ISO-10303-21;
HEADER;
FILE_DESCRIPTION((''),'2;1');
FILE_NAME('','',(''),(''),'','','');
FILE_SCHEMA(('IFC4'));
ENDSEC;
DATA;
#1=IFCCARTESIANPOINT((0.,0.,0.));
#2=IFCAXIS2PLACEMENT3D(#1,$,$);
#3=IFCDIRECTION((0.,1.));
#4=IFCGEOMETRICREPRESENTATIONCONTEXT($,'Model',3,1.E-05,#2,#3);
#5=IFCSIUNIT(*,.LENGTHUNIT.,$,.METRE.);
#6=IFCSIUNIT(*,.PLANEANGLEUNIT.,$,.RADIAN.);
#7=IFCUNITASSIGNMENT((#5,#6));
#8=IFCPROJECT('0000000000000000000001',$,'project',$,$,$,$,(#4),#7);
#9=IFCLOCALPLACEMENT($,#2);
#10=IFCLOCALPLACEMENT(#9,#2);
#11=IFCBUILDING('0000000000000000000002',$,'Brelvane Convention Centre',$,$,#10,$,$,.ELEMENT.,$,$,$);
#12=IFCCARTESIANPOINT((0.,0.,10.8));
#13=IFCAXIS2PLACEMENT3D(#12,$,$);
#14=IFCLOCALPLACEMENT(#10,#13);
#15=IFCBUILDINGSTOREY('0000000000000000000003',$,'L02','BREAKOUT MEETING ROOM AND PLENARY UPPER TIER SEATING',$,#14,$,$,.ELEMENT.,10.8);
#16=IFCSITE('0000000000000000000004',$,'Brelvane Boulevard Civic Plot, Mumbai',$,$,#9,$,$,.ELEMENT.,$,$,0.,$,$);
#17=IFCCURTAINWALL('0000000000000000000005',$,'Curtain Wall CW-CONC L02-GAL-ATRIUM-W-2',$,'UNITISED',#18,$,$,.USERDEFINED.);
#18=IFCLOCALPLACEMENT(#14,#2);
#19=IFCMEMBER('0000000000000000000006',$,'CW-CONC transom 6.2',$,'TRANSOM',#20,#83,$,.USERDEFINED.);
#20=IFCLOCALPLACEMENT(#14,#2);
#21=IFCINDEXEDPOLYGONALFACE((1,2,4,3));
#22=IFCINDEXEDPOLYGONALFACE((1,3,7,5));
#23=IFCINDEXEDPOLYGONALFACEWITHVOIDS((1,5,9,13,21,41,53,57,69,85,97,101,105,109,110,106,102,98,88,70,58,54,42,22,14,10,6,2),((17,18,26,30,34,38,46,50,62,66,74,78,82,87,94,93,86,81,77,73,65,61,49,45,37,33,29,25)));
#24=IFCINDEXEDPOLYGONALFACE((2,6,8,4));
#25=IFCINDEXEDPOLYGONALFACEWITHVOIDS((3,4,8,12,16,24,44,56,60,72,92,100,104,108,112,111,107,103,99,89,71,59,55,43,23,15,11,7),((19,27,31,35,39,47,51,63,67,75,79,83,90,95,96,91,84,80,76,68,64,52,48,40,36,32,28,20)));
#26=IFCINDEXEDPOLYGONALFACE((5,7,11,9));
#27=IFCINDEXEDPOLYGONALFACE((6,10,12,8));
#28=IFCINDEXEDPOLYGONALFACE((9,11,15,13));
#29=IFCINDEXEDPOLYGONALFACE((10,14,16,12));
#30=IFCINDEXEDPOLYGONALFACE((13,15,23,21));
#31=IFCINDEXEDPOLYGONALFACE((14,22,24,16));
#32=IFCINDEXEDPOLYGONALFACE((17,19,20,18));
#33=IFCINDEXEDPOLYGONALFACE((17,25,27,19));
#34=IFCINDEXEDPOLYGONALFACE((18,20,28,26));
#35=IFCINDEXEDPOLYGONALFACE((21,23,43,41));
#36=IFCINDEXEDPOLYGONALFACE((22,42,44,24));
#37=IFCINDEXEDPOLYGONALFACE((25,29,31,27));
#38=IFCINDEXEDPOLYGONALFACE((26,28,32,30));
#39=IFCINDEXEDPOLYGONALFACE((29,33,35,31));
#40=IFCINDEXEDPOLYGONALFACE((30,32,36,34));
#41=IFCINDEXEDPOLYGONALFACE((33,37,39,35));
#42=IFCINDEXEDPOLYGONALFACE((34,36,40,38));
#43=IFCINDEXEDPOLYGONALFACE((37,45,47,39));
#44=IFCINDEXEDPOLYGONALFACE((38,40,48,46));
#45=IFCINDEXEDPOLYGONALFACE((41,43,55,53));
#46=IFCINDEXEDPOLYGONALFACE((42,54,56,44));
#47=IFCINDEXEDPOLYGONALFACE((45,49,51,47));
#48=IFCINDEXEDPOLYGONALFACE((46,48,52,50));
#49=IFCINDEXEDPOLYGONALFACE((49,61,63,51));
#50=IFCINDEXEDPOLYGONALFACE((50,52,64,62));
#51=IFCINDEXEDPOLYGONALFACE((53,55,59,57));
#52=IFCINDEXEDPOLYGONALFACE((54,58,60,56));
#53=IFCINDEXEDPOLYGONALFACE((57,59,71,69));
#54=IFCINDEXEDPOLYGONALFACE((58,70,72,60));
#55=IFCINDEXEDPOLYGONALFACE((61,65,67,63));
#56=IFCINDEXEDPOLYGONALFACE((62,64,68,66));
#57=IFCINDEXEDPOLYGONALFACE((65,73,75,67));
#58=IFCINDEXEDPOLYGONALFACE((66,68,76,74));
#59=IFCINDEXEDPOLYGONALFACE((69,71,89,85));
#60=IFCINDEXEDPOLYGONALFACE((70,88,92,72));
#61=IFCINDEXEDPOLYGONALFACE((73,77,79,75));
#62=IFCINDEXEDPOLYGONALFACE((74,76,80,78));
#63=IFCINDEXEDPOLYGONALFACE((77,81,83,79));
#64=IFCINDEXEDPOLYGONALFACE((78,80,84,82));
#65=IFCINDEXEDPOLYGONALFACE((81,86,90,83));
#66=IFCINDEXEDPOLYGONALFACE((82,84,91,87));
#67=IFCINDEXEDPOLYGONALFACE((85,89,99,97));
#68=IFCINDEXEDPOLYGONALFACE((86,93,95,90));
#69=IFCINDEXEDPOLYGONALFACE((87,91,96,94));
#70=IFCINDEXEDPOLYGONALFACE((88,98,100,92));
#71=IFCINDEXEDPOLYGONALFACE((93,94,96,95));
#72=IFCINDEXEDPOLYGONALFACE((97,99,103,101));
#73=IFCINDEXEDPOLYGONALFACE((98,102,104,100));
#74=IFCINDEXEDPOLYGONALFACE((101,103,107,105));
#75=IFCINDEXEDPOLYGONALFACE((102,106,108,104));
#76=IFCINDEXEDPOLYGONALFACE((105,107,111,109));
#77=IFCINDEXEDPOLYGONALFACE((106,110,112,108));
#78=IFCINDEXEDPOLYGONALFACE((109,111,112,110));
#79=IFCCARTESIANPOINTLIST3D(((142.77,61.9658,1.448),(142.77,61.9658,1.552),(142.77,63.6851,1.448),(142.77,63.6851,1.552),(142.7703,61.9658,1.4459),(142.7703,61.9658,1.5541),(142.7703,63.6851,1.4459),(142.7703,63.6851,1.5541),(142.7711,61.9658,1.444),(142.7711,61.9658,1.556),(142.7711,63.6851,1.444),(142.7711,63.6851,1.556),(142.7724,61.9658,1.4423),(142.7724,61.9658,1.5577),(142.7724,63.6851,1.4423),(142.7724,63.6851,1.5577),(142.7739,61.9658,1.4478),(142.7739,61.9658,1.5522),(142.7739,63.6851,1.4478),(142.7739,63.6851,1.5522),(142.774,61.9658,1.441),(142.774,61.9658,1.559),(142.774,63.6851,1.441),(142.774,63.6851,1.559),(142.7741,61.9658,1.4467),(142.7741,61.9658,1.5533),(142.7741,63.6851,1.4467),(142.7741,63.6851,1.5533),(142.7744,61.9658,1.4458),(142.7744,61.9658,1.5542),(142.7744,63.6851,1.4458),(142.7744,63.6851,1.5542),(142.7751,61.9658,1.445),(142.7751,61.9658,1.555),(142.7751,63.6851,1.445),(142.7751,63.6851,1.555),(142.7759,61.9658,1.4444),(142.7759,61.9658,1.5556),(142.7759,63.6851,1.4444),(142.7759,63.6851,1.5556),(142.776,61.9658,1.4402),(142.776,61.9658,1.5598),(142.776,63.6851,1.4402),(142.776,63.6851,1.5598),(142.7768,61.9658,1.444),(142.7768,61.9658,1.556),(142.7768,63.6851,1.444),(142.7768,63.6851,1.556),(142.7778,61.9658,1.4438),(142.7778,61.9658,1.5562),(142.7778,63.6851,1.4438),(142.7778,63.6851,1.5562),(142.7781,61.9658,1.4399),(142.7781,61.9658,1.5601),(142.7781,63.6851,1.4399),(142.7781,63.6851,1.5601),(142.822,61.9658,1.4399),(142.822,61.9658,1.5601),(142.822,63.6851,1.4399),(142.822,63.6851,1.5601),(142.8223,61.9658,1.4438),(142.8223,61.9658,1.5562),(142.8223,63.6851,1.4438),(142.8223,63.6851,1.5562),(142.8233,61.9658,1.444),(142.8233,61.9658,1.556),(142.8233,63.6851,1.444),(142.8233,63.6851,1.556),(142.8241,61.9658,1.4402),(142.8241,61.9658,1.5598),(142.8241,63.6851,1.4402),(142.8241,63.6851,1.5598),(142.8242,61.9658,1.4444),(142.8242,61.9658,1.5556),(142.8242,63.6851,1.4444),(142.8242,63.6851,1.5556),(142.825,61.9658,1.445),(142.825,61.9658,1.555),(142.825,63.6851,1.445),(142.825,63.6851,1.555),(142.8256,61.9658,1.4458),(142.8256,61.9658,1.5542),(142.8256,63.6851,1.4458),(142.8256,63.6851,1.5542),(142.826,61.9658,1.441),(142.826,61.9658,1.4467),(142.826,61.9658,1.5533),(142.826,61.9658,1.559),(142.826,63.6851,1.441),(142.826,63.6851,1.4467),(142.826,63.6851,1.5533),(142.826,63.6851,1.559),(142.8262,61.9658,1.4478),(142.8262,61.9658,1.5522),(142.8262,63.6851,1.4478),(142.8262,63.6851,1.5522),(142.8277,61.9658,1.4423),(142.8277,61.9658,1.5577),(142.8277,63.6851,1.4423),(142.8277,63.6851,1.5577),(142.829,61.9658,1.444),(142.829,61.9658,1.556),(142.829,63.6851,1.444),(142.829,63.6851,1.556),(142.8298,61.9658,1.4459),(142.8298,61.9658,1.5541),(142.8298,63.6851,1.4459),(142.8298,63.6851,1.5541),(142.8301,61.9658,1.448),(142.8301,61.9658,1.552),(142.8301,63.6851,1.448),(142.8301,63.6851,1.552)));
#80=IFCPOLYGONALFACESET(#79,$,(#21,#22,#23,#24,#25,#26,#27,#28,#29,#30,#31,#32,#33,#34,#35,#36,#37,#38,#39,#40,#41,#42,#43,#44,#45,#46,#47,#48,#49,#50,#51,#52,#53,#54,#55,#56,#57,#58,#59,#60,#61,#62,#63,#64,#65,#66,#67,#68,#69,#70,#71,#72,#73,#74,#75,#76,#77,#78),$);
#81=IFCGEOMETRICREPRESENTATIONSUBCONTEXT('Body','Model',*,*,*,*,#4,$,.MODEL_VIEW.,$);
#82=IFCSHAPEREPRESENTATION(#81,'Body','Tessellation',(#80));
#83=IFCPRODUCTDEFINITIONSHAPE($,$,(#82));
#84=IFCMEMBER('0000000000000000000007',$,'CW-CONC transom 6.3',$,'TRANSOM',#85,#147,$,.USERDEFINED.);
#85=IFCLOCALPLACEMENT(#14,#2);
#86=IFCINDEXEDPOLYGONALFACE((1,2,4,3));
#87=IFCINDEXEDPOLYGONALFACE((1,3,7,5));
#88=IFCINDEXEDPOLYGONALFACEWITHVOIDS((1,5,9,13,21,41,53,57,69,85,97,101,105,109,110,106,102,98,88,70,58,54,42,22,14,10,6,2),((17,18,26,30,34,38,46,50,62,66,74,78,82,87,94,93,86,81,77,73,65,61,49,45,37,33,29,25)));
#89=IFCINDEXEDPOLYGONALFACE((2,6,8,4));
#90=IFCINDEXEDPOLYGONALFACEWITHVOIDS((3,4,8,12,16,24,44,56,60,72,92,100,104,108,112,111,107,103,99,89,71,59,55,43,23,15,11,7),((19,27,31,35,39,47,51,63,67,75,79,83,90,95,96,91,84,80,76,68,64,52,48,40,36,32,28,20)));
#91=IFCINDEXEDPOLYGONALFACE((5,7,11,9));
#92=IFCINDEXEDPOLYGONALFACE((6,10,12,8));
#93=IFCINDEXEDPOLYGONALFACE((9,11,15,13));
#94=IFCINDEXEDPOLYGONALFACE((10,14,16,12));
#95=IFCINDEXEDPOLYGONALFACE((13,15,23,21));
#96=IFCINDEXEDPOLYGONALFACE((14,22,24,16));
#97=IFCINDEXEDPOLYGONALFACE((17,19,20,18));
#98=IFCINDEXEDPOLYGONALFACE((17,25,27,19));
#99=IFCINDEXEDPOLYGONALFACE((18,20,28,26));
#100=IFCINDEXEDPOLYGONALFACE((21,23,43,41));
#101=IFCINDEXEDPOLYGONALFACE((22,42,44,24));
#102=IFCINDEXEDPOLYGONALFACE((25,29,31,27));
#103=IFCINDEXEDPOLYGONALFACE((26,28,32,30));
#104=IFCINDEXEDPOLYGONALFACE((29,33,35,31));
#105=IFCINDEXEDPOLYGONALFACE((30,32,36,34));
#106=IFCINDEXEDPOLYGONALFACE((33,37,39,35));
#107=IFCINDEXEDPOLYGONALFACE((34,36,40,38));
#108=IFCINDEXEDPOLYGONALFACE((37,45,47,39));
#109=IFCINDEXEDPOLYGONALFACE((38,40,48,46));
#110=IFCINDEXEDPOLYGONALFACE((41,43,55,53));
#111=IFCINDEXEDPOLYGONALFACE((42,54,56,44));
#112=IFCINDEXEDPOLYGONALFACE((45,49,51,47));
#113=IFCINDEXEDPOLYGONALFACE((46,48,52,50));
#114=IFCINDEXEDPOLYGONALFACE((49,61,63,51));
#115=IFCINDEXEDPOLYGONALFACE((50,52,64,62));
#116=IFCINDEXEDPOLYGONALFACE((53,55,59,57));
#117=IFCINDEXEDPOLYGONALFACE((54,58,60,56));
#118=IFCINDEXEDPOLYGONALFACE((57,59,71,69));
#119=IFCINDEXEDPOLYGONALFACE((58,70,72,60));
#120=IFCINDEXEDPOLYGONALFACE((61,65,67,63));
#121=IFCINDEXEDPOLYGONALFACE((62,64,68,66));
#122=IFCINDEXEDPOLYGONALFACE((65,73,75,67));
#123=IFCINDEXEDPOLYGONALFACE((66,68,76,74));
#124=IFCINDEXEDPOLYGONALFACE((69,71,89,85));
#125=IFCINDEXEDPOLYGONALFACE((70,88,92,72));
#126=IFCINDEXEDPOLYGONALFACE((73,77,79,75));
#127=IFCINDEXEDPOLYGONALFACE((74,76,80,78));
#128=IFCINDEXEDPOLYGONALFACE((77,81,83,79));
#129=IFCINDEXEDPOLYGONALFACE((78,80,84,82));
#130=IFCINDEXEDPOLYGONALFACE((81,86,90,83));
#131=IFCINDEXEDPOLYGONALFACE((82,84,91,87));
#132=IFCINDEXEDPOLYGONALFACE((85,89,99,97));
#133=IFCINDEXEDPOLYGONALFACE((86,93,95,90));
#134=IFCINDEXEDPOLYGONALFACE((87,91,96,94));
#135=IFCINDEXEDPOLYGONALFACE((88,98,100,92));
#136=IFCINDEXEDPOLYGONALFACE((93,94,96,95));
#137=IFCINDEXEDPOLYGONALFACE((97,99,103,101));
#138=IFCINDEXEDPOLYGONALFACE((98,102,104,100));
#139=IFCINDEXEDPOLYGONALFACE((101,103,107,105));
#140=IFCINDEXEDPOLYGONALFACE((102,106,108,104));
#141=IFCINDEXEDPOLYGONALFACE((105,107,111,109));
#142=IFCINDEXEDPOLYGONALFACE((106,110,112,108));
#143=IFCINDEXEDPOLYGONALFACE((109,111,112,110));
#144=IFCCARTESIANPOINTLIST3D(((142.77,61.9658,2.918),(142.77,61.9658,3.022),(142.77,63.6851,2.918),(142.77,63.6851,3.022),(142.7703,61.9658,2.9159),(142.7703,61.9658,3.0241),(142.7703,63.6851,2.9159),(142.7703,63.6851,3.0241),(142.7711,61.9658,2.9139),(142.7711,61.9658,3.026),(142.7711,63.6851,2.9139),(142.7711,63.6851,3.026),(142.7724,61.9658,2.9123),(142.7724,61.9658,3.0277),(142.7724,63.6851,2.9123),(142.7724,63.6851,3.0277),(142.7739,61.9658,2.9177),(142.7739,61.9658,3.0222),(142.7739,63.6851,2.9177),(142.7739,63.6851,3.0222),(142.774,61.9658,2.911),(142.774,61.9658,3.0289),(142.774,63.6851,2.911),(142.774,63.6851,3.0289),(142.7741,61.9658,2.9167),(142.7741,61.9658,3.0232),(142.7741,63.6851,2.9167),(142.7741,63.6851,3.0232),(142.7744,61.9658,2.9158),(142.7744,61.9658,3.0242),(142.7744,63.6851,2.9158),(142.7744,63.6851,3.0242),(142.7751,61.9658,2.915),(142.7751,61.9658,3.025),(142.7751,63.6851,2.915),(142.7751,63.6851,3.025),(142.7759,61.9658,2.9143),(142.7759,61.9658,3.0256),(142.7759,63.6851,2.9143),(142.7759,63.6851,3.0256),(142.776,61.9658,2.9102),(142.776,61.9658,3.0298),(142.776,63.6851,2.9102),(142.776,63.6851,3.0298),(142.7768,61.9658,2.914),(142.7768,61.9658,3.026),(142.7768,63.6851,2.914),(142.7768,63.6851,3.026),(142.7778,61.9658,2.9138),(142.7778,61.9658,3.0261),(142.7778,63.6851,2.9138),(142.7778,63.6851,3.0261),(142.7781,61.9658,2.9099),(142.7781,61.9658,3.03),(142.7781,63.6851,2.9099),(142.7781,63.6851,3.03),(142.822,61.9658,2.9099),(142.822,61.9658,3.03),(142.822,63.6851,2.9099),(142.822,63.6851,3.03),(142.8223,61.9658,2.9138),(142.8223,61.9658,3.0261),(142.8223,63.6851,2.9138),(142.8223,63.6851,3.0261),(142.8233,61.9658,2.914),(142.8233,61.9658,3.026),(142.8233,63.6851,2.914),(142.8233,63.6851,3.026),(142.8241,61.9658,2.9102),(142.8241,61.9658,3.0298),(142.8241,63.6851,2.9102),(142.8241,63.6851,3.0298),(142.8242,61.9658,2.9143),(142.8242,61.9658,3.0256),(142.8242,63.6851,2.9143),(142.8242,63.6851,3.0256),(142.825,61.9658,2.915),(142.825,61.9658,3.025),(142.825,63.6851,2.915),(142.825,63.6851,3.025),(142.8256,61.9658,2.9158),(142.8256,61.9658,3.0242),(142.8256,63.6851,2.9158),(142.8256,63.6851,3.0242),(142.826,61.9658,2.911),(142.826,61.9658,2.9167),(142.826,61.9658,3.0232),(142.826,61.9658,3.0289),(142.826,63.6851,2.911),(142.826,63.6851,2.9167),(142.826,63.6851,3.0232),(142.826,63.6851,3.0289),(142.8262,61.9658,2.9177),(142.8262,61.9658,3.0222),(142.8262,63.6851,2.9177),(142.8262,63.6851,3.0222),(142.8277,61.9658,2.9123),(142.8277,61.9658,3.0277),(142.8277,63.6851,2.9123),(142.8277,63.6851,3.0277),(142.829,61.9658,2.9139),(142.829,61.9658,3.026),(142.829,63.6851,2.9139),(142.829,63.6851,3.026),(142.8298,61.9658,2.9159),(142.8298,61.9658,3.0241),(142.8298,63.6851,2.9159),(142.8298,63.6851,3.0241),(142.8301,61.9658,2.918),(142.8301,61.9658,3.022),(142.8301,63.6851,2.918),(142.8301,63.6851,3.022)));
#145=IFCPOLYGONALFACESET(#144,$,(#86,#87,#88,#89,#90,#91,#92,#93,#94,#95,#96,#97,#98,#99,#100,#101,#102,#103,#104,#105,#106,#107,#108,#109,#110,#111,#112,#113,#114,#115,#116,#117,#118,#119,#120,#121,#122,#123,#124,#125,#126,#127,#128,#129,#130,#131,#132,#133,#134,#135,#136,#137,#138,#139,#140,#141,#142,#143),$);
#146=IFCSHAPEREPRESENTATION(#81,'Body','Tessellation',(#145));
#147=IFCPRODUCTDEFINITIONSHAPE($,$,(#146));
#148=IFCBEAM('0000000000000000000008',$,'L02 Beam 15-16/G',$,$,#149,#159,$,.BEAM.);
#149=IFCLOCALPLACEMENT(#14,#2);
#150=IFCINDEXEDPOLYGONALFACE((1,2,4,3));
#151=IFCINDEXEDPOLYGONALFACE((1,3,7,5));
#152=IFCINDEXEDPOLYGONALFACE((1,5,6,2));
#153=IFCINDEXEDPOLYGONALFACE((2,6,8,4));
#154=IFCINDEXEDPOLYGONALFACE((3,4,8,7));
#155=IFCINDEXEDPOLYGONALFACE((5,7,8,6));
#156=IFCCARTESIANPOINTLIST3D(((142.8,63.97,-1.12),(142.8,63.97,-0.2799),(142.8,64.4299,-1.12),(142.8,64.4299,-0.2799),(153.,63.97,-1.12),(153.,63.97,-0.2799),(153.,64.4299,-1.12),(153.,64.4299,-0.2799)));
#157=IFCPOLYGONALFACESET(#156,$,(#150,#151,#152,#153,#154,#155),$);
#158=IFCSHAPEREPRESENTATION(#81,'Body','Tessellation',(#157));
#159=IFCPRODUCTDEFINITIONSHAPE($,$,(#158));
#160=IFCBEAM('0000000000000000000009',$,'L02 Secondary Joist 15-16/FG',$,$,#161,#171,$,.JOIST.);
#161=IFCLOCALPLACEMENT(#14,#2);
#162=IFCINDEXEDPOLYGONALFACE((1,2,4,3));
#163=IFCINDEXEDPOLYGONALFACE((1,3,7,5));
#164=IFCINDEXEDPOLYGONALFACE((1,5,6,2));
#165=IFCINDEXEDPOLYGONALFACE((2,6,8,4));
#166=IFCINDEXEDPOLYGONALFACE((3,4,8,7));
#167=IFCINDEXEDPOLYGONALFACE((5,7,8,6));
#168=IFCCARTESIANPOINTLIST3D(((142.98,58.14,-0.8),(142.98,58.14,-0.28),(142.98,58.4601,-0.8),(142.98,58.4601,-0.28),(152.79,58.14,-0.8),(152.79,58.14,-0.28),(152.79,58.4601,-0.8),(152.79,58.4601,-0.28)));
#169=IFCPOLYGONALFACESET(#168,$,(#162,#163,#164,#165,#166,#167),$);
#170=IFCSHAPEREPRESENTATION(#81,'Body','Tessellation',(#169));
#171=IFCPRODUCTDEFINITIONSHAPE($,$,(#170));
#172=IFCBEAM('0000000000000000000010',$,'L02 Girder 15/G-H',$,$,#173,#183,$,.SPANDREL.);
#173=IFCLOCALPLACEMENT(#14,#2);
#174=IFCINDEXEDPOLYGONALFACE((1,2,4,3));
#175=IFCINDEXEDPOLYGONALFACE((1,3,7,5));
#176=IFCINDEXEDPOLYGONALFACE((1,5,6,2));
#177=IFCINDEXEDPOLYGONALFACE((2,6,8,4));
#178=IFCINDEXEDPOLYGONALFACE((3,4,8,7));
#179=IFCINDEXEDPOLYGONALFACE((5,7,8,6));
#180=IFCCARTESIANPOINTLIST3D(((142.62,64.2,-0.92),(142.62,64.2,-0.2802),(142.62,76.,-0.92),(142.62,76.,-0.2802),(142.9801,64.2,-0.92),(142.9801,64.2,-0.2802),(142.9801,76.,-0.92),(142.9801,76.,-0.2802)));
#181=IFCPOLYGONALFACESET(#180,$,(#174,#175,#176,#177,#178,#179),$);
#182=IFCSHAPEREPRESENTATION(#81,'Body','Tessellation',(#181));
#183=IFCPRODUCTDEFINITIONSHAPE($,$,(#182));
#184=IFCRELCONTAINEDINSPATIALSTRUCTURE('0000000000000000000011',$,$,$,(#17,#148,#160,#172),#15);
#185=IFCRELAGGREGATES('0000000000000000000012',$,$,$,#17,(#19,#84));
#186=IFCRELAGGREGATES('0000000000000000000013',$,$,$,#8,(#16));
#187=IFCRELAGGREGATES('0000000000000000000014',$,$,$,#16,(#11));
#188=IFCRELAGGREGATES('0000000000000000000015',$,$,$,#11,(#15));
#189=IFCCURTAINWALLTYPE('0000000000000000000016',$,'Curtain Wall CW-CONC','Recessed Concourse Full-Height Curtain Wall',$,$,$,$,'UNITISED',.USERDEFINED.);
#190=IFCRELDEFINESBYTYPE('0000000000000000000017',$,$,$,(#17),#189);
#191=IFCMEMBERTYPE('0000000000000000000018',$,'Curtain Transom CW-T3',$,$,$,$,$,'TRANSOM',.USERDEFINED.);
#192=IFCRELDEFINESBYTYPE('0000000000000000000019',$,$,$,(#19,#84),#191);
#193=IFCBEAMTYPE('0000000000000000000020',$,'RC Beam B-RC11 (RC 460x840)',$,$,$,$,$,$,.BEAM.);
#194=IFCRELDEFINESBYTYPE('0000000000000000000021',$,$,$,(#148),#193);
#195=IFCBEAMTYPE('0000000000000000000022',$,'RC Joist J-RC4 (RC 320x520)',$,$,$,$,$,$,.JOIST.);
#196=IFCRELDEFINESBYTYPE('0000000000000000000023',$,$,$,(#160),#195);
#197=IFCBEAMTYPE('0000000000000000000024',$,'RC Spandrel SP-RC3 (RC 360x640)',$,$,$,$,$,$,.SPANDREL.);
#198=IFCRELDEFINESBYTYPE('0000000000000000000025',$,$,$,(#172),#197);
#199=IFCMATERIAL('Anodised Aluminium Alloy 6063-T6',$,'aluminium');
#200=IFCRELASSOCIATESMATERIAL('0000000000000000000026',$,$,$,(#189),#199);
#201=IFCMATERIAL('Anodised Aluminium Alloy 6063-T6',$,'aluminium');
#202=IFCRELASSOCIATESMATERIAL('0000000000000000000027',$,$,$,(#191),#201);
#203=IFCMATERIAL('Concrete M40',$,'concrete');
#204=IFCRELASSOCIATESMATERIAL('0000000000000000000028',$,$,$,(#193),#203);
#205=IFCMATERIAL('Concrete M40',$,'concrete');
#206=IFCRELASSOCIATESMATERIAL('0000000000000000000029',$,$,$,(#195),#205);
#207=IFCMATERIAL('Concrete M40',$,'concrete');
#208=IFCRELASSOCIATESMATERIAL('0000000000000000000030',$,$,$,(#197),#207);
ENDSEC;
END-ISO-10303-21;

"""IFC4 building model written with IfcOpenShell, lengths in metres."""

from ifc_helpers import new_model, si_unit, direction, frame, origin, origin_2d, place, context, subcontext, project, spatial, rectangle, hollow_rectangle, extrude, material, material_profile, profile_set, type_object, element, aggregate, save


model = new_model("IFC4")

# Units and contexts
model_context = context("Model", 3, precision=1e-05, world=origin(), true_north=direction((0.0, 1.0)))
body_context = subcontext(model_context, "Body", "Model", "MODEL_VIEW")
ifc_project = project(units=[si_unit("LENGTHUNIT", "METRE"), si_unit("PLANEANGLEUNIT", "RADIAN")], contexts=[model_context])

# Site, building, storey
site_placement = place(None, origin())
site = spatial("IfcSite", under=ifc_project, at=site_placement, Name="Brelvane Boulevard Civic Plot, Mumbai", CompositionType="ELEMENT", RefElevation=0.0)
building_placement = place(site_placement, origin())
building = spatial("IfcBuilding", under=site, at=building_placement, Name="Brelvane Convention Centre", CompositionType="ELEMENT")
storey_placement = place(building_placement, frame((0.0, 0.0, 10.8)))
storey = spatial("IfcBuildingStorey", under=building, at=storey_placement, Name="L02", Description="BREAKOUT MEETING ROOM AND PLENARY UPPER TIER SEATING", CompositionType="ELEMENT", Elevation=10.8)

# Curtain wall, members
ifc_material_1 = material(Name="Anodised Aluminium Alloy 6063-T6", Category="aluminium")
curtain_wall_type = type_object("IfcCurtainWallType", Name="Curtain Wall CW-CONC", Description="Recessed Concourse Full-Height Curtain Wall", ElementType="UNITISED", PredefinedType="USERDEFINED", material=ifc_material_1)
curtain_wall_placement = place(storey_placement, origin())
curtain_wall = element("IfcCurtainWall", 1, at=curtain_wall_placement, inside=storey, type_object=curtain_wall_type, Name="Curtain Wall CW-CONC L02-GAL-ATRIUM-W-2", ObjectType="UNITISED", PredefinedType="USERDEFINED")
ifc_material_2 = material(Name="Anodised Aluminium Alloy 6063-T6", Category="aluminium")
ifc_material_profile_1 = material_profile(ifc_material_2, hollow_rectangle(XDim=0.0601, YDim=0.1201, WallThickness=0.0039, InnerFilletRadius=0.0039, OuterFilletRadius=0.0081, at=origin_2d()), Name="ALU-T 120x60x4.0")
ifc_profile_set_1 = profile_set([ifc_material_profile_1], Name="Anodised Aluminium Alloy 6063-T6")
member_type_1 = type_object("IfcMemberType", Name="Curtain Transom CW-T3", ElementType="TRANSOM", PredefinedType="USERDEFINED", material=ifc_profile_set_1)
member_1_placement = place(storey_placement, frame((142.8, 61.9658, 1.5), z_axis=(0.0, 1.0, 0.0), x_axis=(-1.0, 0.0, 0.0)))
member_1 = element("IfcMember", 2, at=member_1_placement, type_object=member_type_1, Name="CW-CONC transom 6.2", ObjectType="TRANSOM", PredefinedType="USERDEFINED", context=body_context, shape_type="SweptSolid", body=[
    extrude(hollow_rectangle(XDim=0.0601, YDim=0.1201, WallThickness=0.0039, InnerFilletRadius=0.0039, OuterFilletRadius=0.0081, at=origin_2d()), origin(), (0.0, 0.0, 1.0), 1.7192),
])
member_2_placement = place(storey_placement, frame((142.8, 61.9658, 2.97), z_axis=(0.0, 1.0, 0.0), x_axis=(-1.0, 0.0, 0.0)))
member_2 = element("IfcMember", 3, at=member_2_placement, type_object=member_type_1, Name="CW-CONC transom 6.3", ObjectType="TRANSOM", PredefinedType="USERDEFINED", context=body_context, shape_type="SweptSolid", body=[
    extrude(hollow_rectangle(XDim=0.0601, YDim=0.1201, WallThickness=0.0039, InnerFilletRadius=0.0039, OuterFilletRadius=0.0081, at=origin_2d()), origin(), (0.0, 0.0, 1.0), 1.7192),
])

# Beams
ifc_material_3 = material(Name="Concrete M40", Category="concrete")
ifc_material_profile_2 = material_profile(ifc_material_3, rectangle(XDim=0.46, YDim=0.8401, at=origin_2d()), Name="RC 460x840")
ifc_profile_set_2 = profile_set([ifc_material_profile_2], Name="Concrete M40")
beam_type_1 = type_object("IfcBeamType", Name="RC Beam B-RC11 (RC 460x840)", PredefinedType="BEAM", material=ifc_profile_set_2)
beam_1_placement = place(storey_placement, frame((142.8, 64.2, -0.7), z_axis=(1.0, 0.0, 0.0), x_axis=(0.0, 1.0, 0.0)))
element("IfcBeam", 4, at=beam_1_placement, inside=storey, type_object=beam_type_1, Name="L02 Beam 15-16/G", PredefinedType="BEAM", context=body_context, shape_type="SweptSolid", body=[
    extrude(rectangle(XDim=0.46, YDim=0.8401, at=origin_2d()), origin(), (0.0, 0.0, 1.0), 10.2),
])
ifc_material_4 = material(Name="Concrete M40", Category="concrete")
ifc_material_profile_3 = material_profile(ifc_material_4, rectangle(XDim=0.3201, YDim=0.52, at=origin_2d()), Name="RC 320x520")
ifc_profile_set_3 = profile_set([ifc_material_profile_3], Name="Concrete M40")
beam_type_2 = type_object("IfcBeamType", Name="RC Joist J-RC4 (RC 320x520)", PredefinedType="JOIST", material=ifc_profile_set_3)
beam_2_placement = place(storey_placement, frame((142.98, 58.3, -0.54), z_axis=(1.0, 0.0, 0.0), x_axis=(0.0, 1.0, 0.0)))
element("IfcBeam", 5, at=beam_2_placement, inside=storey, type_object=beam_type_2, Name="L02 Secondary Joist 15-16/FG", PredefinedType="JOIST", context=body_context, shape_type="SweptSolid", body=[
    extrude(rectangle(XDim=0.3201, YDim=0.52, at=origin_2d()), origin(), (0.0, 0.0, 1.0), 9.8101),
])
ifc_material_5 = material(Name="Concrete M40", Category="concrete")
ifc_material_profile_4 = material_profile(ifc_material_5, rectangle(XDim=0.3601, YDim=0.6399, at=origin_2d()), Name="RC 360x640")
ifc_profile_set_4 = profile_set([ifc_material_profile_4], Name="Concrete M40")
beam_type_3 = type_object("IfcBeamType", Name="RC Spandrel SP-RC3 (RC 360x640)", PredefinedType="SPANDREL", material=ifc_profile_set_4)
beam_3_placement = place(storey_placement, frame((142.8, 64.2, -0.6001), z_axis=(0.0, 1.0, 0.0), x_axis=(-1.0, 0.0, 0.0)))
element("IfcBeam", 6, at=beam_3_placement, inside=storey, type_object=beam_type_3, Name="L02 Girder 15/G-H", PredefinedType="SPANDREL", context=body_context, shape_type="SweptSolid", body=[
    extrude(rectangle(XDim=0.3601, YDim=0.6399, at=origin_2d()), origin(), (0.0, 0.0, 1.0), 11.8),
])

aggregate(curtain_wall, [member_1, member_2])

save(model, "model.ifc")
